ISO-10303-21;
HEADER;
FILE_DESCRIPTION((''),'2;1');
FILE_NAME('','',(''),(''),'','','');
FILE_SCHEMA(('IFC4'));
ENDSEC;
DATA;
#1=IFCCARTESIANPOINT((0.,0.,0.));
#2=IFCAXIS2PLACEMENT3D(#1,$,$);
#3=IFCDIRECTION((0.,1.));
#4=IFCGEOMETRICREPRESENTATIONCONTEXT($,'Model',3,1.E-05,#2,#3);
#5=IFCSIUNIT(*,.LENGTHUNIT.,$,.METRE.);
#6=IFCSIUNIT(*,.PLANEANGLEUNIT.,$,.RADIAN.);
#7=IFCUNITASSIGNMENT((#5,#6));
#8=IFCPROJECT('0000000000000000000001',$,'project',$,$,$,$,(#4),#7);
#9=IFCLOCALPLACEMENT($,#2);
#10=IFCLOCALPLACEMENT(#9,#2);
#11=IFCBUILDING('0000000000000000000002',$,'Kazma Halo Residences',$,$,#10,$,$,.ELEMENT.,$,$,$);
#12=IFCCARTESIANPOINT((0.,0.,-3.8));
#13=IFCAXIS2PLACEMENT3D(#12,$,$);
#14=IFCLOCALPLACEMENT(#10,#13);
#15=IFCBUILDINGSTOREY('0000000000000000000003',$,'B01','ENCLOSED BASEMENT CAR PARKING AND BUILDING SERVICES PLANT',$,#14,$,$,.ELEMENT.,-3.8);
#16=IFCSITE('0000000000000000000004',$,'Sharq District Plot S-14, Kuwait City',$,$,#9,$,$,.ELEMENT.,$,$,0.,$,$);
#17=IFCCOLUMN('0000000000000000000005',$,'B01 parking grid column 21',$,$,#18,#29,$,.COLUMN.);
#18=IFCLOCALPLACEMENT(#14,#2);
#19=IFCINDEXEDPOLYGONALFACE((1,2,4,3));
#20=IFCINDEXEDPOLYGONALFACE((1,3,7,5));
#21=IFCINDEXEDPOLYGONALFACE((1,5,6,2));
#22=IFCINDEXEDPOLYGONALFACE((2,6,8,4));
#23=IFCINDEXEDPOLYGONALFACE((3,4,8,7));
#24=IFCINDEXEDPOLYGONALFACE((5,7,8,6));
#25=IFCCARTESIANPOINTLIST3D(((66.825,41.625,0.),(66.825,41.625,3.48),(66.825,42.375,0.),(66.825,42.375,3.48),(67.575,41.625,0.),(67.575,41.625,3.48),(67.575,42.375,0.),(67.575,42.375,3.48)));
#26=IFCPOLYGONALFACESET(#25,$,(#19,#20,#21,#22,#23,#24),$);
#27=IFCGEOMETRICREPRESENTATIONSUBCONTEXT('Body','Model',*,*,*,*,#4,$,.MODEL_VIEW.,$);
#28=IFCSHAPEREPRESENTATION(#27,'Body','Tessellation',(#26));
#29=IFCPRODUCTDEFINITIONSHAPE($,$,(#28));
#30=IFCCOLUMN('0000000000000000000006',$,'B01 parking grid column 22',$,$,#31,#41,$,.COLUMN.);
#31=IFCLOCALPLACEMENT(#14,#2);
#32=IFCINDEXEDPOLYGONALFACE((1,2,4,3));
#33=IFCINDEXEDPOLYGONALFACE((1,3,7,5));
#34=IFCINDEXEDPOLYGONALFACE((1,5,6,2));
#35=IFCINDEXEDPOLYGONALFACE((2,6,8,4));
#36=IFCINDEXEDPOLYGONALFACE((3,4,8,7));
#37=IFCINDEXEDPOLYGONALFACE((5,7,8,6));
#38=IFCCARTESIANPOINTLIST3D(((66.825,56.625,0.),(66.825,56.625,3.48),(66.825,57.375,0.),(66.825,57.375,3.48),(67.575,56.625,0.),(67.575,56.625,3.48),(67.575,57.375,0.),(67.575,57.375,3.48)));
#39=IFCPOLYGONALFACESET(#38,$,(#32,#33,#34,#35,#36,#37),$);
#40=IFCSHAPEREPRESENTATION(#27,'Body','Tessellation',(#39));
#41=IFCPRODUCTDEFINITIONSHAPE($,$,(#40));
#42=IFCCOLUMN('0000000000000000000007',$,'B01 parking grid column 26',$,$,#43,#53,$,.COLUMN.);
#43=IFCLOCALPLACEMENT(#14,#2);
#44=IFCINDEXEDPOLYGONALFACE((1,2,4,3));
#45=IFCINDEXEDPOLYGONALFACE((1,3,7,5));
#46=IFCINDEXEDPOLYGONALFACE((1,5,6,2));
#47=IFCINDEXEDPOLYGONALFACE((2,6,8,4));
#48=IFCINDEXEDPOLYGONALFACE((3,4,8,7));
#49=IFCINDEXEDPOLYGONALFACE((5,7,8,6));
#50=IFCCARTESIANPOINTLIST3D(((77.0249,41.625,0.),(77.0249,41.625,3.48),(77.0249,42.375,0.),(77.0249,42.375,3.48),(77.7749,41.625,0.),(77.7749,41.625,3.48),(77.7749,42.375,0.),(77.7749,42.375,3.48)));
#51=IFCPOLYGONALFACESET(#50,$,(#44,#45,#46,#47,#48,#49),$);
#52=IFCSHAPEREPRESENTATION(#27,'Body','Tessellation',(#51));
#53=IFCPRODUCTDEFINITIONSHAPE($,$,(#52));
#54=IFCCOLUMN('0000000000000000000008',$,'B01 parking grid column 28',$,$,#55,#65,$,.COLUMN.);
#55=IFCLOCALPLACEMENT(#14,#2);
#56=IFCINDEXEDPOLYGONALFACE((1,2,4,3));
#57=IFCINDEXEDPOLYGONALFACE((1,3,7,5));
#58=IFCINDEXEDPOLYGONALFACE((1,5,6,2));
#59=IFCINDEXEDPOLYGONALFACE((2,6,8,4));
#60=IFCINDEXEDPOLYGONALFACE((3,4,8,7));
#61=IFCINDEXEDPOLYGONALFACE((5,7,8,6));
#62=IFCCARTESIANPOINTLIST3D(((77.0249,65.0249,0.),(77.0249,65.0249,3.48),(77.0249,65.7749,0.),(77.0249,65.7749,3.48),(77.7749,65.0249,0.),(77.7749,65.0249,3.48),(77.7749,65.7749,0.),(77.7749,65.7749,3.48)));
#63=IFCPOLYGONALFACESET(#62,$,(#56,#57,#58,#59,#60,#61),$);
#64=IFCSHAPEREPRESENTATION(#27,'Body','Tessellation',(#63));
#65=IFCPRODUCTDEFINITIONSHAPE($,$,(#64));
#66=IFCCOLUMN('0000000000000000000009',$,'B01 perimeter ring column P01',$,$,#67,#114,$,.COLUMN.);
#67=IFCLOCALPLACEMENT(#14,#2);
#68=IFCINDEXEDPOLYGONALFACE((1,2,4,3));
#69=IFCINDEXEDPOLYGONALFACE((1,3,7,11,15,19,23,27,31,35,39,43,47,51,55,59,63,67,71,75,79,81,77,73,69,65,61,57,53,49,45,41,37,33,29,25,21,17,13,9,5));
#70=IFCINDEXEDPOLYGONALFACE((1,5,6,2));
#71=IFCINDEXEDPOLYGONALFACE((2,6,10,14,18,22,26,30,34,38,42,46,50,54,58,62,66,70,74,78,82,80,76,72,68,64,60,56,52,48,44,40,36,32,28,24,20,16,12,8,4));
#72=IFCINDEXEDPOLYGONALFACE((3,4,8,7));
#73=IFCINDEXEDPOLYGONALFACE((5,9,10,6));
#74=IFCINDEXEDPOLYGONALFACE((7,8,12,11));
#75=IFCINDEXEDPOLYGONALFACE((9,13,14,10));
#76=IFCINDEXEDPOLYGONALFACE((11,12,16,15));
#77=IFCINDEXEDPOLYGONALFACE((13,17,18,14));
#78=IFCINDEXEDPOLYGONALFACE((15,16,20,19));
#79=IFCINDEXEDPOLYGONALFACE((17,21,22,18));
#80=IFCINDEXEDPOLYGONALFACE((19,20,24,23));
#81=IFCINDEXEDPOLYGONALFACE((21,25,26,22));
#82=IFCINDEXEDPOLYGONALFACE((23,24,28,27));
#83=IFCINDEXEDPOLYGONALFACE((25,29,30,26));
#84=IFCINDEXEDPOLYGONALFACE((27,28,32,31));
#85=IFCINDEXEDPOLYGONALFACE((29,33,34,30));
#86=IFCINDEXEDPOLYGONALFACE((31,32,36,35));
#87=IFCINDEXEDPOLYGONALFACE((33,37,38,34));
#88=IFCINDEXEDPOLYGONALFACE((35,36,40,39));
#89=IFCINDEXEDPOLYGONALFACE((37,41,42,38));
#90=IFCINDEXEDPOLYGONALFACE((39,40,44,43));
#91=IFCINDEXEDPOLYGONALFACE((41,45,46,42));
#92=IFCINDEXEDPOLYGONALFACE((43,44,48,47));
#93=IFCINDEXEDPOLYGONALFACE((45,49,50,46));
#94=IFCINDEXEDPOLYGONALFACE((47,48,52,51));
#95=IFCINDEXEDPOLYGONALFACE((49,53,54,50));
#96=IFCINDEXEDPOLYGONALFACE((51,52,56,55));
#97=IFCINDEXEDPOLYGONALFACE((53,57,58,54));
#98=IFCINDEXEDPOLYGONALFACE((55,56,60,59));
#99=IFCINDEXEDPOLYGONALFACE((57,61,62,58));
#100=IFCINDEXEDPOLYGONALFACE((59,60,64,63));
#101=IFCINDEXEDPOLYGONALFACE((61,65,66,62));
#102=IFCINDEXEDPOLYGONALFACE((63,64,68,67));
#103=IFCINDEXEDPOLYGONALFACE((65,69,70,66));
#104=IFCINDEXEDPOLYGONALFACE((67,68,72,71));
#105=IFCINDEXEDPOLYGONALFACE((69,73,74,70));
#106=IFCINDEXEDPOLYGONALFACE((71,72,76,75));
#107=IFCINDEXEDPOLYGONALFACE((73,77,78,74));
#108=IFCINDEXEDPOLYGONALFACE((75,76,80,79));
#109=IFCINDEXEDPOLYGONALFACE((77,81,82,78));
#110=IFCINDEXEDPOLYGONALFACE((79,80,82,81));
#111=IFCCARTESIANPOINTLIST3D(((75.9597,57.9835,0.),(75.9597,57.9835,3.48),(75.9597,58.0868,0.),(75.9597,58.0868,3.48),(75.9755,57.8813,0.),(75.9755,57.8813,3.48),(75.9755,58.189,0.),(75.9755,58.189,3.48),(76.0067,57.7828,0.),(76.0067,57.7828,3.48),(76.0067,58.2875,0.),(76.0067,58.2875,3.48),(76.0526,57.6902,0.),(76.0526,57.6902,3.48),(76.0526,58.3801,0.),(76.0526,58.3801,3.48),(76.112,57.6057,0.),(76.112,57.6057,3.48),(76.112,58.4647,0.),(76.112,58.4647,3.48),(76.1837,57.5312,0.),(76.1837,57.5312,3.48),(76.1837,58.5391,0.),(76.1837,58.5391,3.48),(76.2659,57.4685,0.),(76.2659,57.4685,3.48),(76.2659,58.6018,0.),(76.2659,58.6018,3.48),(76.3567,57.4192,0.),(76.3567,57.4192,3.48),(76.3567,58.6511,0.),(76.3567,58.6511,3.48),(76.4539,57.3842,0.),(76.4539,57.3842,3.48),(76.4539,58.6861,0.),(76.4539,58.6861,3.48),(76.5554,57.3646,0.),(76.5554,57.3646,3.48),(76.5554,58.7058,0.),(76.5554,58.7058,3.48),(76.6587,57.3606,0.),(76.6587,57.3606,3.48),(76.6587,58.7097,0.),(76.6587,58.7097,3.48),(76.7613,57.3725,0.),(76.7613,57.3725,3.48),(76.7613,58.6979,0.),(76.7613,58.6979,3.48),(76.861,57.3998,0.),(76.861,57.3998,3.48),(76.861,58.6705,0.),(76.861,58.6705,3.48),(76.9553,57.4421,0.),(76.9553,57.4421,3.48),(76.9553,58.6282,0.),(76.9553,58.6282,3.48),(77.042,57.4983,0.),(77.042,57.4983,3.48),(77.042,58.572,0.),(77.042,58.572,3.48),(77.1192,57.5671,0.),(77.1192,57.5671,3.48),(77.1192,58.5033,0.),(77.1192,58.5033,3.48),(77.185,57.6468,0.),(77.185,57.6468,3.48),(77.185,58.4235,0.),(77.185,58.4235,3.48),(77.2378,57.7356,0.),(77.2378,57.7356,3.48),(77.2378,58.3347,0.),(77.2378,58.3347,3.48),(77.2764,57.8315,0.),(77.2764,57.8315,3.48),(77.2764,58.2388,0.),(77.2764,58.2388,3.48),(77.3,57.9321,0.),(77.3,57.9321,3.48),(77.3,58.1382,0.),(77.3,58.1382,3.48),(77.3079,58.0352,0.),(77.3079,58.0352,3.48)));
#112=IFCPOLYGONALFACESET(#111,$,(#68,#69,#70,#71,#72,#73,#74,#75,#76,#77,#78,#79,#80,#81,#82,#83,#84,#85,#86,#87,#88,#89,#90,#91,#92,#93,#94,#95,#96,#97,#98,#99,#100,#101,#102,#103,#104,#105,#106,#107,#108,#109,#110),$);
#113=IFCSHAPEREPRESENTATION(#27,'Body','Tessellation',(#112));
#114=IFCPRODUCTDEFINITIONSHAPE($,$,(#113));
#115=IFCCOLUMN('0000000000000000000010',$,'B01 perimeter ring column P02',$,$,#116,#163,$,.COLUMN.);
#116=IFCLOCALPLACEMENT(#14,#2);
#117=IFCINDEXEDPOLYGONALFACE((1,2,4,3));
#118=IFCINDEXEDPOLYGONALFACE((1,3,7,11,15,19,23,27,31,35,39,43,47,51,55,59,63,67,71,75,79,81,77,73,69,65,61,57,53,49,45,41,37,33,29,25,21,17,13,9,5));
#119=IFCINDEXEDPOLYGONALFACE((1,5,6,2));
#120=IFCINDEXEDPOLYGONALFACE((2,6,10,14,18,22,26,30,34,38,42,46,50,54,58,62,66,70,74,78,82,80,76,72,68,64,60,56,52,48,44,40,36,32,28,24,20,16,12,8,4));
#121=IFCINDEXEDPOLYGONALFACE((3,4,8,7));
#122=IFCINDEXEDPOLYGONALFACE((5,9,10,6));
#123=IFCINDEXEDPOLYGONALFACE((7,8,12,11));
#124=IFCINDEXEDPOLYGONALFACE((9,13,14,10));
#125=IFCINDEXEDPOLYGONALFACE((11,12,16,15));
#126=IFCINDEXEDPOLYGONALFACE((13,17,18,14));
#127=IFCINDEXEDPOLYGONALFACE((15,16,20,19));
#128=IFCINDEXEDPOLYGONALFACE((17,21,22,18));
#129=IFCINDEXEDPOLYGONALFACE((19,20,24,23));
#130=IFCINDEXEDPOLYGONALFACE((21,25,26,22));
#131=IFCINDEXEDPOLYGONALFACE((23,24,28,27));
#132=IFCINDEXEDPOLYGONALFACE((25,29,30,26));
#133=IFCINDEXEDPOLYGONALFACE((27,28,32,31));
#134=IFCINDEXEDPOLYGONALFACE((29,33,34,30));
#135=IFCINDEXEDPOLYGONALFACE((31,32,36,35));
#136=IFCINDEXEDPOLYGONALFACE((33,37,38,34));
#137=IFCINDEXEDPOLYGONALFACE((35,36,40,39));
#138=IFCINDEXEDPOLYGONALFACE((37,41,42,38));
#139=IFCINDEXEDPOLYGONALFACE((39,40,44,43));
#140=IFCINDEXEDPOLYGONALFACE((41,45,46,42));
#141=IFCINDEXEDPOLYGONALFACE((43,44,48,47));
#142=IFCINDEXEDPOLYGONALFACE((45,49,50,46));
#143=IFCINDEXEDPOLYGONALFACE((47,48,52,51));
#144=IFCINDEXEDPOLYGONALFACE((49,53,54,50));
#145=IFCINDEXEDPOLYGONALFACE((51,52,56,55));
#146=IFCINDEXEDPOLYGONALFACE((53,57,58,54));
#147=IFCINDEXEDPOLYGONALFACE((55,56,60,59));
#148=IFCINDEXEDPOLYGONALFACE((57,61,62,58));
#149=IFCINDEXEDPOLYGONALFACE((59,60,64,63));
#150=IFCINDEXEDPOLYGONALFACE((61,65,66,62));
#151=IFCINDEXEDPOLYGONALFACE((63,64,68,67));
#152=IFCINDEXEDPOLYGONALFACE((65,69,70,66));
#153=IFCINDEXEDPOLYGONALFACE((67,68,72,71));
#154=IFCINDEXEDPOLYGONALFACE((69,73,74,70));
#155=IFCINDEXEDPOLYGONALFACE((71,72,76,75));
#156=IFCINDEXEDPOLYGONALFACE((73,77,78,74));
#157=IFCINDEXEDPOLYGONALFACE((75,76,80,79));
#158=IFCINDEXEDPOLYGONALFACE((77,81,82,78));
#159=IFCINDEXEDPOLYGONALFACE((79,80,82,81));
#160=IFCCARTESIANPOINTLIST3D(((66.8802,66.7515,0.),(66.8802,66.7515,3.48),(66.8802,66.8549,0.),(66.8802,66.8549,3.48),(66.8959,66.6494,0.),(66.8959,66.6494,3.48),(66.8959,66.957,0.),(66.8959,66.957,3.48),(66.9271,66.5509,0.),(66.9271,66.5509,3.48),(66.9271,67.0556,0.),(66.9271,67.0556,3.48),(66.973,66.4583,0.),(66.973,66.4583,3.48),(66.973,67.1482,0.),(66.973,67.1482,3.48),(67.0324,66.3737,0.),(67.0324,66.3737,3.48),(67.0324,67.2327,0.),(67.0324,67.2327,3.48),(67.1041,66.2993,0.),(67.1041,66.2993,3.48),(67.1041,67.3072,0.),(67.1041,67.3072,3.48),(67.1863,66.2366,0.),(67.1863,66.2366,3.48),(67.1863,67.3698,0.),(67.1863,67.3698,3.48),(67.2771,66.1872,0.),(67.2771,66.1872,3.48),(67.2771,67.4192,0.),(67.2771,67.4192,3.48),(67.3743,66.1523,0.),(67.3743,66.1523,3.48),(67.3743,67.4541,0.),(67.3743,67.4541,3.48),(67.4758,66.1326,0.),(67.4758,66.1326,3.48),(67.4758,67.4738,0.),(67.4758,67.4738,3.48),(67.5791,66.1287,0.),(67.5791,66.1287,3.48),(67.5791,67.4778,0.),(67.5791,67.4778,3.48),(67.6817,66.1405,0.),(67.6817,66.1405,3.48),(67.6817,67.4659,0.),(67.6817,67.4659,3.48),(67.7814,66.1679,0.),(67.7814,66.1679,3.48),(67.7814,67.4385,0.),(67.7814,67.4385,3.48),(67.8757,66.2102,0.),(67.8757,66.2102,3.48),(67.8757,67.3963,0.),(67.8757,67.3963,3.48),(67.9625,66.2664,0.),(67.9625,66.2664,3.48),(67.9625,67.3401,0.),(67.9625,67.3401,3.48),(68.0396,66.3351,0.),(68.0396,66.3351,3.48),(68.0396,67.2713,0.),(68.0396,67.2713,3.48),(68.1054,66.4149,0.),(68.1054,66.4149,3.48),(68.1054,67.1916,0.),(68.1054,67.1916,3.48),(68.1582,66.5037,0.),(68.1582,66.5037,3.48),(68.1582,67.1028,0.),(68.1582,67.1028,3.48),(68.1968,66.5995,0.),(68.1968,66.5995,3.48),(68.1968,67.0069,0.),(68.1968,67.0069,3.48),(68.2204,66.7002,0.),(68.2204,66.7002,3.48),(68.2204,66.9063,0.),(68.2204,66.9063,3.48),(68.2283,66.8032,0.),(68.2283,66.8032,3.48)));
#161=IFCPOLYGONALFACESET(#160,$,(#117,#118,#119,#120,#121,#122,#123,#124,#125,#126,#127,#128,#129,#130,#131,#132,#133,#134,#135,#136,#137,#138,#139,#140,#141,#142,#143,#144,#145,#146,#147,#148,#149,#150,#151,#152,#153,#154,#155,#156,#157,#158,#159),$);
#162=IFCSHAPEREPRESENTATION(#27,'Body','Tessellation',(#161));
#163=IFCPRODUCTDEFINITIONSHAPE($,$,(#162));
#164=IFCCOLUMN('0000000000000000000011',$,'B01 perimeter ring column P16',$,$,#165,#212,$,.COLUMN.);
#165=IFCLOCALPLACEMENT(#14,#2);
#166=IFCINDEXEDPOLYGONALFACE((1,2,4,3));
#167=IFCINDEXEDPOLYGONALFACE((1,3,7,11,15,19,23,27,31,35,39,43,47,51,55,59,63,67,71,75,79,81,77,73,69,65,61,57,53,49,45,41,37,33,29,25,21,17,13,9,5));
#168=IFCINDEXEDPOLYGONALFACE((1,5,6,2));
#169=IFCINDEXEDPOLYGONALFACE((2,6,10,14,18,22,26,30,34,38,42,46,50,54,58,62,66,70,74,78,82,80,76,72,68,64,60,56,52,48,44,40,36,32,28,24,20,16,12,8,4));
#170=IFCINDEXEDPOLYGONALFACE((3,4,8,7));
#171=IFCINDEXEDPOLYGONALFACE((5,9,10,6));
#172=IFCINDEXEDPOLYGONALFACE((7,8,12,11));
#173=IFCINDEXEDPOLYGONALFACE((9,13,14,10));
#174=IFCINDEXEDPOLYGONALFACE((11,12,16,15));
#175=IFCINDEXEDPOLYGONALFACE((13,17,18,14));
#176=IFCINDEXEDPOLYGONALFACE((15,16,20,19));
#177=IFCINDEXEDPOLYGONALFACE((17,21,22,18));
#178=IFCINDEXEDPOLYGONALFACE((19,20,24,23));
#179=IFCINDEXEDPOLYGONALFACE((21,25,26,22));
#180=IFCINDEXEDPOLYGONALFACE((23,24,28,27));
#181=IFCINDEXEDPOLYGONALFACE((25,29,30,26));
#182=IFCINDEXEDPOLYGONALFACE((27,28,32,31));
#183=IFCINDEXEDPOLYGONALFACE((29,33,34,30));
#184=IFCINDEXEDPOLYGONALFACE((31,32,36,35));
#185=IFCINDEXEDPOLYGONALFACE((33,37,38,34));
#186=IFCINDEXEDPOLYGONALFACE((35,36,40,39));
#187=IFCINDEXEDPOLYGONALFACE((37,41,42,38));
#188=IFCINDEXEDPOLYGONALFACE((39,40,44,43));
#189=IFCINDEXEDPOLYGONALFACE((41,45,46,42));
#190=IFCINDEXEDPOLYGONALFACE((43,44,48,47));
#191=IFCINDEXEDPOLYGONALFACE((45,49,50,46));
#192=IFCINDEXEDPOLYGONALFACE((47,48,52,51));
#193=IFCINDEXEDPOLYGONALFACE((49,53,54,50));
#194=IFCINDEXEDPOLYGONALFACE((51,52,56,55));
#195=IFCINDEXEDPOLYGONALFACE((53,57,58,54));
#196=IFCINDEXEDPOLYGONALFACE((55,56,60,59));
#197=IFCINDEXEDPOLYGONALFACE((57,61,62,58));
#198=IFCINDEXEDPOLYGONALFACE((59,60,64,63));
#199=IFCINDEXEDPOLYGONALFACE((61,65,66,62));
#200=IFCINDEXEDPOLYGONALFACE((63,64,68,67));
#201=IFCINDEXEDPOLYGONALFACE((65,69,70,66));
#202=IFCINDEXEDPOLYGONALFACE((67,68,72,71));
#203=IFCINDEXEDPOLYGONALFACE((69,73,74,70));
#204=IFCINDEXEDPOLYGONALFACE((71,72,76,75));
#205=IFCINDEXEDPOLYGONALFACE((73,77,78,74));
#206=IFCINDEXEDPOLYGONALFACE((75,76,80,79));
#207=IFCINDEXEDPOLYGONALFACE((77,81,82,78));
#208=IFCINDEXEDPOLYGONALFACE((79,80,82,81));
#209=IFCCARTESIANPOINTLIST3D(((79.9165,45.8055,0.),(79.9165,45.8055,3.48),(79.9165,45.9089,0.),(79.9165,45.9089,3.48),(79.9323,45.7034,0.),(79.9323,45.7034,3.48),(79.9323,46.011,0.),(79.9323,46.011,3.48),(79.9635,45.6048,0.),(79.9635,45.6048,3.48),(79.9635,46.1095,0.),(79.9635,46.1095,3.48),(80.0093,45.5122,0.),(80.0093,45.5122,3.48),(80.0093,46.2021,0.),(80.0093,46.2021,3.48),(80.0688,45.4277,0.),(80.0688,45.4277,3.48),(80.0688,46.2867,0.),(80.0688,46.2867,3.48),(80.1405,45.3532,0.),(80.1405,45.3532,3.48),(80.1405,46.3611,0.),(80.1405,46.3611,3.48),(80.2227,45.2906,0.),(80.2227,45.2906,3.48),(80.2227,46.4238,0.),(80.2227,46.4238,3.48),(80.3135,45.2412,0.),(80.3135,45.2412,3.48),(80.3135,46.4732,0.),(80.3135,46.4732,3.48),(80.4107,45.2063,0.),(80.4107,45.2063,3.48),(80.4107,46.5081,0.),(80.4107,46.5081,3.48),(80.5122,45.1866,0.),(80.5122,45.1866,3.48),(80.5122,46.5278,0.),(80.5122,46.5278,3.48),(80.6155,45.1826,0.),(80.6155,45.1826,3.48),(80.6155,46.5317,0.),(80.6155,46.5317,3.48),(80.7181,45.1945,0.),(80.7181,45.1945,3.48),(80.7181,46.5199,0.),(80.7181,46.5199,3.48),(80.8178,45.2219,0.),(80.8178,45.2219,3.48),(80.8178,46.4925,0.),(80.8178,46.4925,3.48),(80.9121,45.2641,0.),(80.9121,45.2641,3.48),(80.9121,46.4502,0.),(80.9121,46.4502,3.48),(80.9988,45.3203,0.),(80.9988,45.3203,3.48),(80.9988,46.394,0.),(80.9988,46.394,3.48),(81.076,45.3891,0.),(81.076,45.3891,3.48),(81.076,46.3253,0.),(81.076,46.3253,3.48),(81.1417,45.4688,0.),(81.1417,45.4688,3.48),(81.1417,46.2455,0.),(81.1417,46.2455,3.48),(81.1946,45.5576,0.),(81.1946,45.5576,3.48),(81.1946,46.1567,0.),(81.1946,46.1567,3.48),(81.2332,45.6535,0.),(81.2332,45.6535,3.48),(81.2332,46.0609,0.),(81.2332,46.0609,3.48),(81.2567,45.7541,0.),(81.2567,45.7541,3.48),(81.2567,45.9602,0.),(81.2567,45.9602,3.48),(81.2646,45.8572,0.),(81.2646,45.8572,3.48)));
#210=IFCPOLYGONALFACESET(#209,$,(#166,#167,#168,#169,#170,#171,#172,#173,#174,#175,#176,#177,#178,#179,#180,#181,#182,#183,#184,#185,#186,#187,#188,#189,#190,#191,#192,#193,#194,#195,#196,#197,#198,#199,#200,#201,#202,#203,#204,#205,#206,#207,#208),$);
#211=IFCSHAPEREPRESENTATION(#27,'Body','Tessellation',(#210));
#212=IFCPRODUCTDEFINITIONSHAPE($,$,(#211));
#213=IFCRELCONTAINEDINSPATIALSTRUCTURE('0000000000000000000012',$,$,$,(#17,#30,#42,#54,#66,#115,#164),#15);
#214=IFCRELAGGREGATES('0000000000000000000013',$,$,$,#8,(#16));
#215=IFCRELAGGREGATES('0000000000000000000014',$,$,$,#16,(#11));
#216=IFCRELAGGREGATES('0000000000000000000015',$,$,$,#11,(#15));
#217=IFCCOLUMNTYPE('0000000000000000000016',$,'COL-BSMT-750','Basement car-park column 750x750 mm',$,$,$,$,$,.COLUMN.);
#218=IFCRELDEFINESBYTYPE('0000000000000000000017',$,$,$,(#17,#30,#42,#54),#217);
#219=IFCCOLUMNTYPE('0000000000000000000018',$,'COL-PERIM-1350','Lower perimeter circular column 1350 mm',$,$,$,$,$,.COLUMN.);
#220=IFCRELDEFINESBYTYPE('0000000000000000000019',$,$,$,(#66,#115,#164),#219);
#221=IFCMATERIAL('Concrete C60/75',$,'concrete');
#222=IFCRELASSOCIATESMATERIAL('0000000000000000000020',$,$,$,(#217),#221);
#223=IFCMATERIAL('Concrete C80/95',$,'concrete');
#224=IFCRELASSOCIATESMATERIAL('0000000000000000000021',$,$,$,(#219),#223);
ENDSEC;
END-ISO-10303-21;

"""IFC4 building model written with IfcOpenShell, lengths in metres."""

from ifc_helpers import new_model, si_unit, direction, frame, origin, origin_2d, place, context, subcontext, project, spatial, rectangle, circle, extrude, material, material_profile, profile_set, type_object, element, save


model = new_model("IFC4")

# Units and contexts
model_context = context("Model", 3, precision=1e-05, world=origin(), true_north=direction((0.0, 1.0)))
body_context = subcontext(model_context, "Body", "Model", "MODEL_VIEW")
ifc_project = project(units=[si_unit("LENGTHUNIT", "METRE"), si_unit("PLANEANGLEUNIT", "RADIAN")], contexts=[model_context])

# Site, building, storey
site_placement = place(None, origin())
site = spatial("IfcSite", under=ifc_project, at=site_placement, Name="Sharq District Plot S-14, Kuwait City", CompositionType="ELEMENT", RefElevation=0.0)
building_placement = place(site_placement, origin())
building = spatial("IfcBuilding", under=site, at=building_placement, Name="Kazma Halo Residences", CompositionType="ELEMENT")
storey_placement = place(building_placement, frame((0.0, 0.0, -3.8)))
storey = spatial("IfcBuildingStorey", under=building, at=storey_placement, Name="B01", Description="ENCLOSED BASEMENT CAR PARKING AND BUILDING SERVICES PLANT", CompositionType="ELEMENT", Elevation=-3.8)

# Columns
ifc_material_1 = material(Name="Concrete C60/75", Category="concrete")
ifc_material_profile_1 = material_profile(ifc_material_1, rectangle(XDim=0.75, YDim=0.75, at=origin_2d()), Name="RECT750x750")
ifc_profile_set_1 = profile_set([ifc_material_profile_1], Name="Concrete C60/75")
column_type_1 = type_object("IfcColumnType", Name="COL-BSMT-750", Description="Basement car-park column 750x750 mm", PredefinedType="COLUMN", material=ifc_profile_set_1)
for number, where, z_axis, x_axis, name in (
    (1, (67.2, 42.0, 0.0), (0.0, 0.0, 1.0), (1.0, 0.0, 0.0), "B01 parking grid column 21"),
    (2, (67.2, 57.0, 0.0), (0.0, 0.0, 1.0), (1.0, 0.0, 0.0), "B01 parking grid column 22"),
    (3, (77.3999, 42.0, 0.0), (0.0, 0.0, 1.0), (1.0, 0.0, 0.0), "B01 parking grid column 26"),
    (4, (77.3999, 65.3999, 0.0), (0.0, 0.0, 1.0), (1.0, 0.0, 0.0), "B01 parking grid column 28"),
):
    element("IfcColumn", number, at=place(storey_placement, frame(where, z_axis=z_axis, x_axis=x_axis)), inside=storey, type_object=column_type_1, Name=name, PredefinedType="COLUMN", context=body_context, shape_type="SweptSolid", body=[
        extrude(rectangle(XDim=0.75, YDim=0.75, at=origin_2d()), origin(), (0.0, 0.0, 1.0), 3.48),
    ])
ifc_material_2 = material(Name="Concrete C80/95", Category="concrete")
ifc_material_profile_2 = material_profile(ifc_material_2, circle(Radius=0.675, at=origin_2d()), Name="CIRC1350")
ifc_profile_set_2 = profile_set([ifc_material_profile_2], Name="Concrete C80/95")
column_type_2 = type_object("IfcColumnType", Name="COL-PERIM-1350", Description="Lower perimeter circular column 1350 mm", PredefinedType="COLUMN", material=ifc_profile_set_2)
for number, where, z_axis, x_axis, name in (
    (5, (76.6328, 58.0352, 0.0), (0.0, 0.0, 1.0), (1.0, 0.0, 0.0), "B01 perimeter ring column P01"),
    (6, (67.5532, 66.8032, 0.0), (0.0, 0.0, 1.0), (1.0, 0.0, 0.0), "B01 perimeter ring column P02"),
    (7, (80.5896, 45.8572, 0.0), (0.0, 0.0, 1.0), (1.0, 0.0, 0.0), "B01 perimeter ring column P16"),
):
    element("IfcColumn", number, at=place(storey_placement, frame(where, z_axis=z_axis, x_axis=x_axis)), inside=storey, type_object=column_type_2, Name=name, PredefinedType="COLUMN", context=body_context, shape_type="SweptSolid", body=[
        extrude(circle(Radius=0.675, at=origin_2d()), origin(), (0.0, 0.0, 1.0), 3.48),
    ])

save(model, "model.ifc")
